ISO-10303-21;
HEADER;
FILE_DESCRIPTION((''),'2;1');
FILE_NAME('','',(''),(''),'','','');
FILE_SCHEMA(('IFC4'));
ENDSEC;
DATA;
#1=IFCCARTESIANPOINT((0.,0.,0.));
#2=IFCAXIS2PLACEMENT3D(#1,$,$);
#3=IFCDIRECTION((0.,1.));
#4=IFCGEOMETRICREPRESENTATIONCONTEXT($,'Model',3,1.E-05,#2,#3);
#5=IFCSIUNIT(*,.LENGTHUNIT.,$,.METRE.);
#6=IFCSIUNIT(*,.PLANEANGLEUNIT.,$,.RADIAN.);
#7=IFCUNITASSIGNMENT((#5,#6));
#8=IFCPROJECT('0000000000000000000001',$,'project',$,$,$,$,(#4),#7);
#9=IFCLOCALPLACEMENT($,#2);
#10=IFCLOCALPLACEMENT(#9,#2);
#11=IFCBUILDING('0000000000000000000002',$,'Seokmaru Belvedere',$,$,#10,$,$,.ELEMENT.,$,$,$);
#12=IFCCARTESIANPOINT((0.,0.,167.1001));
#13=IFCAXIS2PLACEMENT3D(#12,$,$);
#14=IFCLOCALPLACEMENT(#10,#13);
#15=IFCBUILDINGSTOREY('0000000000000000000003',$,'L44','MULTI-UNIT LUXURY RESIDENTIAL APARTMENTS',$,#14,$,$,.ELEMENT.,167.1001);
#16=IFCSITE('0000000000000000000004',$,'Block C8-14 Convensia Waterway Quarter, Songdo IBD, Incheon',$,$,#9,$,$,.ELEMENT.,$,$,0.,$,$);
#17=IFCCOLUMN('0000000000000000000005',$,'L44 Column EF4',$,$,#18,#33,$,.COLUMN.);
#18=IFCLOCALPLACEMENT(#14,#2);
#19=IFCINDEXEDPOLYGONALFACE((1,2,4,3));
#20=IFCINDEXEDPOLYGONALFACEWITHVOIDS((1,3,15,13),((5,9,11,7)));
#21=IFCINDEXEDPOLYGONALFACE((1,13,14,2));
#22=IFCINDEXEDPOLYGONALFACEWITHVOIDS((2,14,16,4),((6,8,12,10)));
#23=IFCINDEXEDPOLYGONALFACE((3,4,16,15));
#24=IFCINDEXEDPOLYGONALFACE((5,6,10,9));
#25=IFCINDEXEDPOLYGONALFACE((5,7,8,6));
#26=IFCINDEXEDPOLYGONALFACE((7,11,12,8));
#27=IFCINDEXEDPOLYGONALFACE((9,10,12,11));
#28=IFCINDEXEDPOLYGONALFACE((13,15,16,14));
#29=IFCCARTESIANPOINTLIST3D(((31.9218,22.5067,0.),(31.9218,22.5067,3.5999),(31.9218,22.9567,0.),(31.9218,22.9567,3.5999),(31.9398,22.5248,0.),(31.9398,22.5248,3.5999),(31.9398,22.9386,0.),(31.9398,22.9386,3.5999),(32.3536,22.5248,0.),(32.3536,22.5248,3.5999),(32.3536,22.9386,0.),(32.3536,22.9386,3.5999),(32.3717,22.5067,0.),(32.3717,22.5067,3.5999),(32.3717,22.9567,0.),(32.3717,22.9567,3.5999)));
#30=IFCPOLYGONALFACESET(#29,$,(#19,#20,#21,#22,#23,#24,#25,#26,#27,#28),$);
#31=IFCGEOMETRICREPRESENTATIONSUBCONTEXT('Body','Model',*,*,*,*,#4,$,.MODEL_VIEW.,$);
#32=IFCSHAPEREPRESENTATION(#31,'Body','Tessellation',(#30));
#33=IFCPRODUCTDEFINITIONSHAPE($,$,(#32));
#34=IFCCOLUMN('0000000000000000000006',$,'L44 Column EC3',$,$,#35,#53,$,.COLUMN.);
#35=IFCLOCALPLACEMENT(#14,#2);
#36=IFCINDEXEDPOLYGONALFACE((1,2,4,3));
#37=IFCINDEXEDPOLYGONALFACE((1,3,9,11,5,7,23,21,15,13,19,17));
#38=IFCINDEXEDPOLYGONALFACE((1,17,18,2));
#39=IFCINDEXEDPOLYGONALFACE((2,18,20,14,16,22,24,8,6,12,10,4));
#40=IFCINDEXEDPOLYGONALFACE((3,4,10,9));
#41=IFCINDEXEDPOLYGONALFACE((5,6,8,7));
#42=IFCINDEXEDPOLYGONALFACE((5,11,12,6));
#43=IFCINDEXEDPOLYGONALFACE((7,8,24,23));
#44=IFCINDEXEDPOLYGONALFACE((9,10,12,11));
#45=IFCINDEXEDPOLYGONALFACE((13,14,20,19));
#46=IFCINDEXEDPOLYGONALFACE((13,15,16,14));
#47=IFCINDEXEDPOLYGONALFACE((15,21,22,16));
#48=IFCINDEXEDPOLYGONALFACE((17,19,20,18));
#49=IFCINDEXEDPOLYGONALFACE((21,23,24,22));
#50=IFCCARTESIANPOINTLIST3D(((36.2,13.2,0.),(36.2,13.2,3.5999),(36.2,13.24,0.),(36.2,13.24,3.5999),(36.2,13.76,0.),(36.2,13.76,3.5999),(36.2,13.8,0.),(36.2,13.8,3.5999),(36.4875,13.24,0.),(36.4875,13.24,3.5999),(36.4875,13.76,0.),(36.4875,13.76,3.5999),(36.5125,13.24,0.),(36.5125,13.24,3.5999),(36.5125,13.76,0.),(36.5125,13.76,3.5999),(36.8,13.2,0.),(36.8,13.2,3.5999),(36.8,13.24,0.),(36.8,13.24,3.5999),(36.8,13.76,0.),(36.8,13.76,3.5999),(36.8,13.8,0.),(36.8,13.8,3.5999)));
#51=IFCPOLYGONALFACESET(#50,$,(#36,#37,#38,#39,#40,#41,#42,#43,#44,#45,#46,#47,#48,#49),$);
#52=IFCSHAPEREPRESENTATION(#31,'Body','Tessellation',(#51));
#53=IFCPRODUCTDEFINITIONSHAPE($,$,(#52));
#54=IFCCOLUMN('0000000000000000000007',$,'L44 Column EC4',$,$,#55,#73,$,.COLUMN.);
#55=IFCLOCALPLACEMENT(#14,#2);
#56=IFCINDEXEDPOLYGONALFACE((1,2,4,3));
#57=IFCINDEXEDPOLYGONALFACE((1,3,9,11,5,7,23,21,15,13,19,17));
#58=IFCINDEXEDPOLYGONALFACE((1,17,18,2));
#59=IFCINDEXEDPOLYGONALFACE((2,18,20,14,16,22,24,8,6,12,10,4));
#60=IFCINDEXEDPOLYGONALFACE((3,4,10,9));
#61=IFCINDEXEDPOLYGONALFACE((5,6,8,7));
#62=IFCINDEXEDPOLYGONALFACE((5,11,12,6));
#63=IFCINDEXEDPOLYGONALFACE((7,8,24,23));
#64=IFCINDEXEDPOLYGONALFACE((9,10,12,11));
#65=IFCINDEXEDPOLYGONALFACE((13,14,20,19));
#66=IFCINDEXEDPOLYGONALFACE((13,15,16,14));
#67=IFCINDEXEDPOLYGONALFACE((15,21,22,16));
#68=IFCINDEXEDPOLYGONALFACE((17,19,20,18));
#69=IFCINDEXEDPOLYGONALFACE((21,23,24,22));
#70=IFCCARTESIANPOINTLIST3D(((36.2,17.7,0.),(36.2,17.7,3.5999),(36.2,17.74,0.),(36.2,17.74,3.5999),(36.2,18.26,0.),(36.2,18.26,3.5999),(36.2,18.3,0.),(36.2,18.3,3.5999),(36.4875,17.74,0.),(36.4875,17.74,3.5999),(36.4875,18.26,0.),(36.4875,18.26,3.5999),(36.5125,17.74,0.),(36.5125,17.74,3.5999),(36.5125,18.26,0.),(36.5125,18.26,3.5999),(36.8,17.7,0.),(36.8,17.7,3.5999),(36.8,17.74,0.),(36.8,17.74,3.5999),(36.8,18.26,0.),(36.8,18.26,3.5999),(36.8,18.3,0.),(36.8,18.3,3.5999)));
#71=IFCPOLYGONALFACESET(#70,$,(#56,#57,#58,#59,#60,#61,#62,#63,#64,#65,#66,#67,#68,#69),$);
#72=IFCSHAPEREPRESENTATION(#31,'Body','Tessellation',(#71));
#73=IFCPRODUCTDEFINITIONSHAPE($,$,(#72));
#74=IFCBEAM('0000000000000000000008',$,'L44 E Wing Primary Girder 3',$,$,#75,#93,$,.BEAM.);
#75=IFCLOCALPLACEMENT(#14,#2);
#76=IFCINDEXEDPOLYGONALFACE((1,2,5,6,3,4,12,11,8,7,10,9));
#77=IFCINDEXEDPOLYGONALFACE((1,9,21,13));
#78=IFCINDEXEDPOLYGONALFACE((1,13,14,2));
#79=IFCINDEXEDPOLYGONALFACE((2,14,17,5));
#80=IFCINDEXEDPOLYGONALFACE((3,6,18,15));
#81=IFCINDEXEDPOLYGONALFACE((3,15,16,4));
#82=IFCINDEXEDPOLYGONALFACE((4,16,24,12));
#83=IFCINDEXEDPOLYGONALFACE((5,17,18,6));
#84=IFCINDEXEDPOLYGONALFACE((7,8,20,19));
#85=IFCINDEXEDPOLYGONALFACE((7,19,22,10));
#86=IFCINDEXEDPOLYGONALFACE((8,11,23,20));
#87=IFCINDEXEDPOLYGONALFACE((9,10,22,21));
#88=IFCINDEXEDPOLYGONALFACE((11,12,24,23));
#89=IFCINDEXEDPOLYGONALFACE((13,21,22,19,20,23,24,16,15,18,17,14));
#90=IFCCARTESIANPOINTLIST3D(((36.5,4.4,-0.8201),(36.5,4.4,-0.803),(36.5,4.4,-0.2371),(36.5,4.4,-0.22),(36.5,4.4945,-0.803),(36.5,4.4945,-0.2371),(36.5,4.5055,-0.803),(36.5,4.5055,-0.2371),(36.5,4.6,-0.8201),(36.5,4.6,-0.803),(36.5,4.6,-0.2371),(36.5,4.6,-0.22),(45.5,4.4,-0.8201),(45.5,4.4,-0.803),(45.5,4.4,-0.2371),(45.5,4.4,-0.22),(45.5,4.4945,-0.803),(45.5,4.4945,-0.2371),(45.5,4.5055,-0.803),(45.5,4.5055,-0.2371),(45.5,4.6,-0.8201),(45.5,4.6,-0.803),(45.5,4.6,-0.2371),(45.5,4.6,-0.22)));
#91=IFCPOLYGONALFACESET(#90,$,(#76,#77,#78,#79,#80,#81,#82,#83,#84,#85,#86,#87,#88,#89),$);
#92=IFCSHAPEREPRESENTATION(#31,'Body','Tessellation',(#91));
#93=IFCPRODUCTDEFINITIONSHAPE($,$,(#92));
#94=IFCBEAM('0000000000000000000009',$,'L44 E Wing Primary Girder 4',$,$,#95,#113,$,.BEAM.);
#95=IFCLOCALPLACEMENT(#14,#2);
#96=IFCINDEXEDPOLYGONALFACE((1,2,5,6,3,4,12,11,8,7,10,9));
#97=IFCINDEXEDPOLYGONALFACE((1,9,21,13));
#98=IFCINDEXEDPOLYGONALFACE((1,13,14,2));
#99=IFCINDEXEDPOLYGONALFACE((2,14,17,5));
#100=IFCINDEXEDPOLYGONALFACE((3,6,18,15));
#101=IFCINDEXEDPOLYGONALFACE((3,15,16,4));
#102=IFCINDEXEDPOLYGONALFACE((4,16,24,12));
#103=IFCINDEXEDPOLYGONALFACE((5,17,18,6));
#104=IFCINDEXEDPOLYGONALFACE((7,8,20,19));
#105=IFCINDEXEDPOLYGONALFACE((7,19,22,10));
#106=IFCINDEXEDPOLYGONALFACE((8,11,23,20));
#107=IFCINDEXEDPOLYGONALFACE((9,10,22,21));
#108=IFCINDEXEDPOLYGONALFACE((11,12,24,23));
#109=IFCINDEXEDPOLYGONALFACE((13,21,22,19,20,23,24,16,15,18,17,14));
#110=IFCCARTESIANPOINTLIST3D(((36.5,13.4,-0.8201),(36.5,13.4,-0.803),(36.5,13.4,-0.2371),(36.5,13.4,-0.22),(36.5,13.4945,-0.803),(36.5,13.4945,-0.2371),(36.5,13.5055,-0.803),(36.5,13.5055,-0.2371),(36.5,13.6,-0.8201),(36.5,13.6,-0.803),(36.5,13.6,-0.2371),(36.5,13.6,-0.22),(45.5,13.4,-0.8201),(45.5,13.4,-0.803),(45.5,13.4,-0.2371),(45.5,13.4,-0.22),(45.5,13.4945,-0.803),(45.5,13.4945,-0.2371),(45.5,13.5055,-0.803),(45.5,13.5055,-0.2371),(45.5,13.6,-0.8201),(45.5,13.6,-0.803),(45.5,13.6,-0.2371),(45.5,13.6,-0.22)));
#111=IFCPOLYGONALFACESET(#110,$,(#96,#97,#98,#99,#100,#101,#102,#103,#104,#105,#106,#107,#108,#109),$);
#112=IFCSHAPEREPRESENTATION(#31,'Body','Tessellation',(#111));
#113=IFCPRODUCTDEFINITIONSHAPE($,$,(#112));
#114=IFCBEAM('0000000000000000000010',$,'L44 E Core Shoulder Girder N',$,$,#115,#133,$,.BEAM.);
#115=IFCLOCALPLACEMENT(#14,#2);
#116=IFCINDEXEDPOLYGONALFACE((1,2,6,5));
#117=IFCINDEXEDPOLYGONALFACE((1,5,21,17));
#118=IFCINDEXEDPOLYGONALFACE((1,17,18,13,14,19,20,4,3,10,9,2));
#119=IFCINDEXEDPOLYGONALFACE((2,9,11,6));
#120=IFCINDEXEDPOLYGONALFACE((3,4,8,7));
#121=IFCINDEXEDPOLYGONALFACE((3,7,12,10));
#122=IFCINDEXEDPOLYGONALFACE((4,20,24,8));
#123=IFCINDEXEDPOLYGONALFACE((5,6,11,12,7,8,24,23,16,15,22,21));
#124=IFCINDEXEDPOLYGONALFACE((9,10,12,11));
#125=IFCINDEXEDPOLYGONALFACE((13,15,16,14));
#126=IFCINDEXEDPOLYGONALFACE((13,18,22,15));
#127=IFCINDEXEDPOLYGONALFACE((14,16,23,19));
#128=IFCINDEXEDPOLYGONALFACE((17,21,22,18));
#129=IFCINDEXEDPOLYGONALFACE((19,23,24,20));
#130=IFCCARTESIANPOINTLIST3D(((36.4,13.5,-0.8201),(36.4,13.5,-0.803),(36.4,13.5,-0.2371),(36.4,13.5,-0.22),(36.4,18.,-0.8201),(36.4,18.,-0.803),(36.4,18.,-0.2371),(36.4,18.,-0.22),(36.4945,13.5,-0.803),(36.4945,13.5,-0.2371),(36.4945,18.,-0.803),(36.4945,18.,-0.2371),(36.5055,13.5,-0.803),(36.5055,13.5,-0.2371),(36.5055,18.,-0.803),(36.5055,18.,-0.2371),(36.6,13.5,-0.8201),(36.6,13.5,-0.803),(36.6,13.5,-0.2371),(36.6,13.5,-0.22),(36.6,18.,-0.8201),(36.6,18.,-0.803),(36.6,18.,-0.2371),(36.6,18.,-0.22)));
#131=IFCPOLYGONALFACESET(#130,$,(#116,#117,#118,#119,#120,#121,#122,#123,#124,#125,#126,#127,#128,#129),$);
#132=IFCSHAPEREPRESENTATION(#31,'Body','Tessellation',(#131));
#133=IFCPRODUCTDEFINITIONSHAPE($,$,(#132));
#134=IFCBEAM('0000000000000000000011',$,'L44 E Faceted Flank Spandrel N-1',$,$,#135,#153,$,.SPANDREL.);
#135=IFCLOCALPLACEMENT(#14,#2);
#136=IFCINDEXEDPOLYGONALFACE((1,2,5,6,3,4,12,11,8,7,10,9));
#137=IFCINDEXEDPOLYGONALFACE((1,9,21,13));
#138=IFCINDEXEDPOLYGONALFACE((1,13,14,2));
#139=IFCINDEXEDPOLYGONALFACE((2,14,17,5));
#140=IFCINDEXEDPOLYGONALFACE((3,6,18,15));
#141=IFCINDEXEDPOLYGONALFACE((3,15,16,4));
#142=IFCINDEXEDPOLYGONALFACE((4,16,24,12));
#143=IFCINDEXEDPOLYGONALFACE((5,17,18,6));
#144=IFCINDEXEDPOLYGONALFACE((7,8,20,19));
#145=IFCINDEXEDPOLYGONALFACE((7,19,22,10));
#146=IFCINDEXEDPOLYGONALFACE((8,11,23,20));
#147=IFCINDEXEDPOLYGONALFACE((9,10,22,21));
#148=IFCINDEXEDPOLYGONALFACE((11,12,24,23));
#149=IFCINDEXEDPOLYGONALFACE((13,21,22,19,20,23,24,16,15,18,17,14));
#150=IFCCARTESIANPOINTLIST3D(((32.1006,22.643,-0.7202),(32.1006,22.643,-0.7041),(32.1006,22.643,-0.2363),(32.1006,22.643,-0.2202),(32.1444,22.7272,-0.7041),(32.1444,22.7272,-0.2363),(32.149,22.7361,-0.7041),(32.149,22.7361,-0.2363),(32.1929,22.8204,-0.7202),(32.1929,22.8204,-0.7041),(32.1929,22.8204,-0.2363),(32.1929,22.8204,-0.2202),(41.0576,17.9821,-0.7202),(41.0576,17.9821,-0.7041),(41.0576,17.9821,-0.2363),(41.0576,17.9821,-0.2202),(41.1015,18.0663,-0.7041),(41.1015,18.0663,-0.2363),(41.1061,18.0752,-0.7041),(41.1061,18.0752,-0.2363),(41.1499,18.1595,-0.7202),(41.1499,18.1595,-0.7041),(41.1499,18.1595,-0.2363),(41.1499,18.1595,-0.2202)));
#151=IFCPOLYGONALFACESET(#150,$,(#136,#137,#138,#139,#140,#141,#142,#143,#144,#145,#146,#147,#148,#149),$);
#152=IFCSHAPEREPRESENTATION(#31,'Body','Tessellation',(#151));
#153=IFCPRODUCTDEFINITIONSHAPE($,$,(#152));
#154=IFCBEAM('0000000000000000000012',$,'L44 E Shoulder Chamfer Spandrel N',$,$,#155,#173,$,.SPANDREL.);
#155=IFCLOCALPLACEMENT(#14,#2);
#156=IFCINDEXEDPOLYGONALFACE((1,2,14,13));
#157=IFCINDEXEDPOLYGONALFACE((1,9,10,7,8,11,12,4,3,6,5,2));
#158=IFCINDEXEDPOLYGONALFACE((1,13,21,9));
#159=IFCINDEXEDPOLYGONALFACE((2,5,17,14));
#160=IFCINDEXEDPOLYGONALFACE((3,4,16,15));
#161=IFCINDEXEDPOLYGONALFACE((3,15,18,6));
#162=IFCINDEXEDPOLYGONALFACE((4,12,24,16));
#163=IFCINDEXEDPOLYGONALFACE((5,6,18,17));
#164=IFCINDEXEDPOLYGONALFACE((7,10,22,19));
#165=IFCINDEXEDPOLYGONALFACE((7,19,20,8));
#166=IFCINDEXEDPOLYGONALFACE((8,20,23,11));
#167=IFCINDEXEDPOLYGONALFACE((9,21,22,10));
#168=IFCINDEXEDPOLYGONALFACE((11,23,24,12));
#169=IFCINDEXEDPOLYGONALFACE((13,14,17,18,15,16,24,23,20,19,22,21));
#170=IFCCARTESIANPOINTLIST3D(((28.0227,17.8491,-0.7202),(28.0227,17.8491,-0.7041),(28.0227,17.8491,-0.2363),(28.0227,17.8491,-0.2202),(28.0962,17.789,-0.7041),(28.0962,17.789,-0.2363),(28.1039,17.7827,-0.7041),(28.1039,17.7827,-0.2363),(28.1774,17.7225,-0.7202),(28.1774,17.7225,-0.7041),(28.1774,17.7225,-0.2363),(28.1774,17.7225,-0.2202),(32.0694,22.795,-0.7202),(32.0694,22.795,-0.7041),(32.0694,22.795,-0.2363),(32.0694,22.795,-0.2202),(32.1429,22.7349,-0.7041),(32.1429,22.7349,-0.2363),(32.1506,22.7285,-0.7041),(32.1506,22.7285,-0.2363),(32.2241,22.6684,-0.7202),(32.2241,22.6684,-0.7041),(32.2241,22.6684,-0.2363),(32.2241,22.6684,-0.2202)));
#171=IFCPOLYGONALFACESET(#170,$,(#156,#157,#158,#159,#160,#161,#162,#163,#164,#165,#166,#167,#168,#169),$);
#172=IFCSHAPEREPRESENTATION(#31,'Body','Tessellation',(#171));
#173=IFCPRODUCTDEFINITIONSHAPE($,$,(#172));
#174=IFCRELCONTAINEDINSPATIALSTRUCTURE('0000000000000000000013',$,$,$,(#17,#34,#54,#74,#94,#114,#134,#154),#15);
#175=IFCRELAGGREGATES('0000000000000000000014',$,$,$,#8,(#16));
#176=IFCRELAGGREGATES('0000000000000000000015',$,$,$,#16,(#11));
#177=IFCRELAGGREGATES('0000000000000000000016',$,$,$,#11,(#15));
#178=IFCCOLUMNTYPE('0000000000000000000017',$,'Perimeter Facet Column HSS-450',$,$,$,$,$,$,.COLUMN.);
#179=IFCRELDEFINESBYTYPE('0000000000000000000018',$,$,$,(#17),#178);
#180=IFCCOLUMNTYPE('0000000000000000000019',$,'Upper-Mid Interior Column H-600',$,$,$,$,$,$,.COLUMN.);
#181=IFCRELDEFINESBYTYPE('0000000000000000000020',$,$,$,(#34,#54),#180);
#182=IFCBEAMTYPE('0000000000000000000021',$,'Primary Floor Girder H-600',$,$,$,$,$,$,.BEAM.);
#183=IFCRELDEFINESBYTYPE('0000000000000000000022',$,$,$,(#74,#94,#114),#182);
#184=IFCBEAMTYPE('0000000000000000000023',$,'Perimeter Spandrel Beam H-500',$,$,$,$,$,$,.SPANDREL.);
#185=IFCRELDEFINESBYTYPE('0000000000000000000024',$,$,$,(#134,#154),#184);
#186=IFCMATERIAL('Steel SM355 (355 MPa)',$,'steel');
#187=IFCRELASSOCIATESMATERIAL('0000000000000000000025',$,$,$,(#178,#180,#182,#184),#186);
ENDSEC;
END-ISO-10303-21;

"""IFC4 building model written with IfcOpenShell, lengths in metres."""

from ifc_helpers import new_model, si_unit, direction, frame, origin, origin_2d, place, context, subcontext, project, spatial, hollow_rectangle, i_section, extrude, source, transform, mapped, material, material_profile, profile_set, type_object, type_shapes, element, save


model = new_model("IFC4")

# Units and contexts
model_context = context("Model", 3, precision=1e-05, world=origin(), true_north=direction((0.0, 1.0)))
body_context = subcontext(model_context, "Body", "Model", "MODEL_VIEW")
ifc_project = project(units=[si_unit("LENGTHUNIT", "METRE"), si_unit("PLANEANGLEUNIT", "RADIAN")], contexts=[model_context])

# Site, building, storey
site_placement = place(None, origin())
site = spatial("IfcSite", under=ifc_project, at=site_placement, Name="Block C8-14 Convensia Waterway Quarter, Songdo IBD, Incheon", CompositionType="ELEMENT", RefElevation=0.0)
building_placement = place(site_placement, origin())
building = spatial("IfcBuilding", under=site, at=building_placement, Name="Seokmaru Belvedere", CompositionType="ELEMENT")
storey_placement = place(building_placement, frame((0.0, 0.0, 167.1001)))
storey = spatial("IfcBuildingStorey", under=building, at=storey_placement, Name="L44", Description="MULTI-UNIT LUXURY RESIDENTIAL APARTMENTS", CompositionType="ELEMENT", Elevation=167.1001)

# Columns
ifc_material_1 = material(Name="Steel SM355 (355 MPa)", Category="steel")
ifc_material_profile_1 = material_profile(ifc_material_1, hollow_rectangle(XDim=0.45, YDim=0.45, WallThickness=0.0181, at=origin_2d()), Name="HSS-450x450x18")
ifc_profile_set_1 = profile_set([ifc_material_profile_1], Name="Steel SM355 (355 MPa)")
column_type_1 = type_object("IfcColumnType", Name="Perimeter Facet Column HSS-450", PredefinedType="COLUMN", material=ifc_profile_set_1)
shared_shape_1 = source(origin(), body_context, "Body", "SweptSolid", [
    extrude(hollow_rectangle(XDim=0.45, YDim=0.45, WallThickness=0.0181, at=origin_2d()), origin(), (0.0, 0.0, 1.0), 3.5999),
])
type_shapes(column_type_1, [shared_shape_1])
column_placement = place(storey_placement, frame((32.1467, 22.7317, 0.0), z_axis=(0.0, 0.0, 1.0), x_axis=(1.0, 0.0, 0.0)))
element("IfcColumn", 1, at=column_placement, inside=storey, type_object=column_type_1, Name="L44 Column EF4", PredefinedType="COLUMN", context=body_context, shape_type="MappedRepresentation", body=[
    mapped(shared_shape_1, transform((0.0, 0.0, 0.0), scale=1.0)),
])
ifc_material_profile_2 = material_profile(ifc_material_1, i_section(OverallWidth=0.6001, OverallDepth=0.6001, WebThickness=0.0249, FlangeThickness=0.04, at=origin_2d()), Name="H-600x600x25x40")
ifc_profile_set_2 = profile_set([ifc_material_profile_2], Name="Steel SM355 (355 MPa)")
column_type_2 = type_object("IfcColumnType", Name="Upper-Mid Interior Column H-600", PredefinedType="COLUMN", material=ifc_profile_set_2)
shared_shape_2 = source(origin(), body_context, "Body", "SweptSolid", [
    extrude(i_section(OverallWidth=0.6001, OverallDepth=0.6001, WebThickness=0.0249, FlangeThickness=0.04, at=origin_2d()), origin(), (0.0, 0.0, 1.0), 3.5999),
])
type_shapes(column_type_2, [shared_shape_2])
for number, where, z_axis, x_axis, name in (
    (2, (36.5, 13.5, 0.0), (0.0, 0.0, 1.0), (1.0, 0.0, 0.0), "L44 Column EC3"),
    (3, (36.5, 18.0, 0.0), (0.0, 0.0, 1.0), (1.0, 0.0, 0.0), "L44 Column EC4"),
):
    element("IfcColumn", number, at=place(storey_placement, frame(where, z_axis=z_axis, x_axis=x_axis)), inside=storey, type_object=column_type_2, Name=name, PredefinedType="COLUMN", context=body_context, shape_type="MappedRepresentation", body=[
        mapped(shared_shape_2, transform((0.0, 0.0, 0.0), scale=1.0)),
    ])

# Beams
ifc_material_profile_3 = material_profile(ifc_material_1, i_section(OverallWidth=0.2, OverallDepth=0.6001, WebThickness=0.011, FlangeThickness=0.0171, at=origin_2d()), Name="H-600x200x11x17")
ifc_profile_set_3 = profile_set([ifc_material_profile_3], Name="Steel SM355 (355 MPa)")
beam_type_1 = type_object("IfcBeamType", Name="Primary Floor Girder H-600", PredefinedType="BEAM", material=ifc_profile_set_3)
shared_shape_3 = source(origin(), body_context, "Body", "SweptSolid", [
    extrude(i_section(OverallWidth=0.2, OverallDepth=0.6001, WebThickness=0.011, FlangeThickness=0.0171, at=origin_2d()), origin(), (0.0, 0.0, 1.0), 9.0),
])
for number, where, z_axis, x_axis, name in (
    (4, (36.5, 4.5, -0.52), (1.0, 0.0, 0.0), (0.0, 1.0, 0.0), "L44 E Wing Primary Girder 3"),
    (5, (36.5, 13.5, -0.52), (1.0, 0.0, 0.0), (0.0, 1.0, 0.0), "L44 E Wing Primary Girder 4"),
):
    element("IfcBeam", number, at=place(storey_placement, frame(where, z_axis=z_axis, x_axis=x_axis)), inside=storey, type_object=beam_type_1, Name=name, PredefinedType="BEAM", context=body_context, shape_type="MappedRepresentation", body=[
        mapped(shared_shape_3, transform((0.0, 0.0, 0.0), scale=1.0)),
    ])
shared_shape_4 = source(origin(), body_context, "Body", "SweptSolid", [
    extrude(i_section(OverallWidth=0.2, OverallDepth=0.6001, WebThickness=0.011, FlangeThickness=0.0171, at=origin_2d()), origin(), (0.0, 0.0, 1.0), 4.5),
])
type_shapes(beam_type_1, [shared_shape_3, shared_shape_4])
beam_1_placement = place(storey_placement, frame((36.5, 13.5, -0.52), z_axis=(0.0, 1.0, 0.0), x_axis=(-1.0, 0.0, 0.0)))
element("IfcBeam", 6, at=beam_1_placement, inside=storey, type_object=beam_type_1, Name="L44 E Core Shoulder Girder N", PredefinedType="BEAM", context=body_context, shape_type="MappedRepresentation", body=[
    mapped(shared_shape_4, transform((0.0, 0.0, 0.0), scale=1.0)),
])
ifc_material_profile_4 = material_profile(ifc_material_1, i_section(OverallWidth=0.2, OverallDepth=0.5, WebThickness=0.01, FlangeThickness=0.0161, at=origin_2d()), Name="H-500x200x10x16")
ifc_profile_set_4 = profile_set([ifc_material_profile_4], Name="Steel SM355 (355 MPa)")
beam_type_2 = type_object("IfcBeamType", Name="Perimeter Spandrel Beam H-500", PredefinedType="SPANDREL", material=ifc_profile_set_4)
shared_shape_5 = source(origin(), body_context, "Body", "SweptSolid", [
    extrude(i_section(OverallWidth=0.2, OverallDepth=0.5, WebThickness=0.01, FlangeThickness=0.0161, at=origin_2d()), origin(), (0.0, 0.0, 1.0), 10.0972),
])
beam_2_placement = place(storey_placement, frame((32.1467, 22.7317, -0.4702), z_axis=(0.887086, -0.461605, 0.0), x_axis=(0.461605, 0.887086, 0.0)))
element("IfcBeam", 7, at=beam_2_placement, inside=storey, type_object=beam_type_2, Name="L44 E Faceted Flank Spandrel N-1", PredefinedType="SPANDREL", context=body_context, shape_type="MappedRepresentation", body=[
    mapped(shared_shape_5, transform((0.0, 0.0, 0.0), scale=1.0)),
])
shared_shape_6 = source(origin(), body_context, "Body", "SweptSolid", [
    extrude(i_section(OverallWidth=0.2, OverallDepth=0.5, WebThickness=0.01, FlangeThickness=0.0161, at=origin_2d()), origin(), (0.0, 0.0, 1.0), 6.3904),
])
type_shapes(beam_type_2, [shared_shape_5, shared_shape_6])
beam_3_placement = place(storey_placement, frame((32.1467, 22.7317, -0.4702), z_axis=(-0.633244, -0.773952, 0.0), x_axis=(0.773952, -0.633244, 0.0)))
element("IfcBeam", 8, at=beam_3_placement, inside=storey, type_object=beam_type_2, Name="L44 E Shoulder Chamfer Spandrel N", PredefinedType="SPANDREL", context=body_context, shape_type="MappedRepresentation", body=[
    mapped(shared_shape_6, transform((0.0, 0.0, 0.0), scale=1.0)),
])

save(model, "model.ifc")
